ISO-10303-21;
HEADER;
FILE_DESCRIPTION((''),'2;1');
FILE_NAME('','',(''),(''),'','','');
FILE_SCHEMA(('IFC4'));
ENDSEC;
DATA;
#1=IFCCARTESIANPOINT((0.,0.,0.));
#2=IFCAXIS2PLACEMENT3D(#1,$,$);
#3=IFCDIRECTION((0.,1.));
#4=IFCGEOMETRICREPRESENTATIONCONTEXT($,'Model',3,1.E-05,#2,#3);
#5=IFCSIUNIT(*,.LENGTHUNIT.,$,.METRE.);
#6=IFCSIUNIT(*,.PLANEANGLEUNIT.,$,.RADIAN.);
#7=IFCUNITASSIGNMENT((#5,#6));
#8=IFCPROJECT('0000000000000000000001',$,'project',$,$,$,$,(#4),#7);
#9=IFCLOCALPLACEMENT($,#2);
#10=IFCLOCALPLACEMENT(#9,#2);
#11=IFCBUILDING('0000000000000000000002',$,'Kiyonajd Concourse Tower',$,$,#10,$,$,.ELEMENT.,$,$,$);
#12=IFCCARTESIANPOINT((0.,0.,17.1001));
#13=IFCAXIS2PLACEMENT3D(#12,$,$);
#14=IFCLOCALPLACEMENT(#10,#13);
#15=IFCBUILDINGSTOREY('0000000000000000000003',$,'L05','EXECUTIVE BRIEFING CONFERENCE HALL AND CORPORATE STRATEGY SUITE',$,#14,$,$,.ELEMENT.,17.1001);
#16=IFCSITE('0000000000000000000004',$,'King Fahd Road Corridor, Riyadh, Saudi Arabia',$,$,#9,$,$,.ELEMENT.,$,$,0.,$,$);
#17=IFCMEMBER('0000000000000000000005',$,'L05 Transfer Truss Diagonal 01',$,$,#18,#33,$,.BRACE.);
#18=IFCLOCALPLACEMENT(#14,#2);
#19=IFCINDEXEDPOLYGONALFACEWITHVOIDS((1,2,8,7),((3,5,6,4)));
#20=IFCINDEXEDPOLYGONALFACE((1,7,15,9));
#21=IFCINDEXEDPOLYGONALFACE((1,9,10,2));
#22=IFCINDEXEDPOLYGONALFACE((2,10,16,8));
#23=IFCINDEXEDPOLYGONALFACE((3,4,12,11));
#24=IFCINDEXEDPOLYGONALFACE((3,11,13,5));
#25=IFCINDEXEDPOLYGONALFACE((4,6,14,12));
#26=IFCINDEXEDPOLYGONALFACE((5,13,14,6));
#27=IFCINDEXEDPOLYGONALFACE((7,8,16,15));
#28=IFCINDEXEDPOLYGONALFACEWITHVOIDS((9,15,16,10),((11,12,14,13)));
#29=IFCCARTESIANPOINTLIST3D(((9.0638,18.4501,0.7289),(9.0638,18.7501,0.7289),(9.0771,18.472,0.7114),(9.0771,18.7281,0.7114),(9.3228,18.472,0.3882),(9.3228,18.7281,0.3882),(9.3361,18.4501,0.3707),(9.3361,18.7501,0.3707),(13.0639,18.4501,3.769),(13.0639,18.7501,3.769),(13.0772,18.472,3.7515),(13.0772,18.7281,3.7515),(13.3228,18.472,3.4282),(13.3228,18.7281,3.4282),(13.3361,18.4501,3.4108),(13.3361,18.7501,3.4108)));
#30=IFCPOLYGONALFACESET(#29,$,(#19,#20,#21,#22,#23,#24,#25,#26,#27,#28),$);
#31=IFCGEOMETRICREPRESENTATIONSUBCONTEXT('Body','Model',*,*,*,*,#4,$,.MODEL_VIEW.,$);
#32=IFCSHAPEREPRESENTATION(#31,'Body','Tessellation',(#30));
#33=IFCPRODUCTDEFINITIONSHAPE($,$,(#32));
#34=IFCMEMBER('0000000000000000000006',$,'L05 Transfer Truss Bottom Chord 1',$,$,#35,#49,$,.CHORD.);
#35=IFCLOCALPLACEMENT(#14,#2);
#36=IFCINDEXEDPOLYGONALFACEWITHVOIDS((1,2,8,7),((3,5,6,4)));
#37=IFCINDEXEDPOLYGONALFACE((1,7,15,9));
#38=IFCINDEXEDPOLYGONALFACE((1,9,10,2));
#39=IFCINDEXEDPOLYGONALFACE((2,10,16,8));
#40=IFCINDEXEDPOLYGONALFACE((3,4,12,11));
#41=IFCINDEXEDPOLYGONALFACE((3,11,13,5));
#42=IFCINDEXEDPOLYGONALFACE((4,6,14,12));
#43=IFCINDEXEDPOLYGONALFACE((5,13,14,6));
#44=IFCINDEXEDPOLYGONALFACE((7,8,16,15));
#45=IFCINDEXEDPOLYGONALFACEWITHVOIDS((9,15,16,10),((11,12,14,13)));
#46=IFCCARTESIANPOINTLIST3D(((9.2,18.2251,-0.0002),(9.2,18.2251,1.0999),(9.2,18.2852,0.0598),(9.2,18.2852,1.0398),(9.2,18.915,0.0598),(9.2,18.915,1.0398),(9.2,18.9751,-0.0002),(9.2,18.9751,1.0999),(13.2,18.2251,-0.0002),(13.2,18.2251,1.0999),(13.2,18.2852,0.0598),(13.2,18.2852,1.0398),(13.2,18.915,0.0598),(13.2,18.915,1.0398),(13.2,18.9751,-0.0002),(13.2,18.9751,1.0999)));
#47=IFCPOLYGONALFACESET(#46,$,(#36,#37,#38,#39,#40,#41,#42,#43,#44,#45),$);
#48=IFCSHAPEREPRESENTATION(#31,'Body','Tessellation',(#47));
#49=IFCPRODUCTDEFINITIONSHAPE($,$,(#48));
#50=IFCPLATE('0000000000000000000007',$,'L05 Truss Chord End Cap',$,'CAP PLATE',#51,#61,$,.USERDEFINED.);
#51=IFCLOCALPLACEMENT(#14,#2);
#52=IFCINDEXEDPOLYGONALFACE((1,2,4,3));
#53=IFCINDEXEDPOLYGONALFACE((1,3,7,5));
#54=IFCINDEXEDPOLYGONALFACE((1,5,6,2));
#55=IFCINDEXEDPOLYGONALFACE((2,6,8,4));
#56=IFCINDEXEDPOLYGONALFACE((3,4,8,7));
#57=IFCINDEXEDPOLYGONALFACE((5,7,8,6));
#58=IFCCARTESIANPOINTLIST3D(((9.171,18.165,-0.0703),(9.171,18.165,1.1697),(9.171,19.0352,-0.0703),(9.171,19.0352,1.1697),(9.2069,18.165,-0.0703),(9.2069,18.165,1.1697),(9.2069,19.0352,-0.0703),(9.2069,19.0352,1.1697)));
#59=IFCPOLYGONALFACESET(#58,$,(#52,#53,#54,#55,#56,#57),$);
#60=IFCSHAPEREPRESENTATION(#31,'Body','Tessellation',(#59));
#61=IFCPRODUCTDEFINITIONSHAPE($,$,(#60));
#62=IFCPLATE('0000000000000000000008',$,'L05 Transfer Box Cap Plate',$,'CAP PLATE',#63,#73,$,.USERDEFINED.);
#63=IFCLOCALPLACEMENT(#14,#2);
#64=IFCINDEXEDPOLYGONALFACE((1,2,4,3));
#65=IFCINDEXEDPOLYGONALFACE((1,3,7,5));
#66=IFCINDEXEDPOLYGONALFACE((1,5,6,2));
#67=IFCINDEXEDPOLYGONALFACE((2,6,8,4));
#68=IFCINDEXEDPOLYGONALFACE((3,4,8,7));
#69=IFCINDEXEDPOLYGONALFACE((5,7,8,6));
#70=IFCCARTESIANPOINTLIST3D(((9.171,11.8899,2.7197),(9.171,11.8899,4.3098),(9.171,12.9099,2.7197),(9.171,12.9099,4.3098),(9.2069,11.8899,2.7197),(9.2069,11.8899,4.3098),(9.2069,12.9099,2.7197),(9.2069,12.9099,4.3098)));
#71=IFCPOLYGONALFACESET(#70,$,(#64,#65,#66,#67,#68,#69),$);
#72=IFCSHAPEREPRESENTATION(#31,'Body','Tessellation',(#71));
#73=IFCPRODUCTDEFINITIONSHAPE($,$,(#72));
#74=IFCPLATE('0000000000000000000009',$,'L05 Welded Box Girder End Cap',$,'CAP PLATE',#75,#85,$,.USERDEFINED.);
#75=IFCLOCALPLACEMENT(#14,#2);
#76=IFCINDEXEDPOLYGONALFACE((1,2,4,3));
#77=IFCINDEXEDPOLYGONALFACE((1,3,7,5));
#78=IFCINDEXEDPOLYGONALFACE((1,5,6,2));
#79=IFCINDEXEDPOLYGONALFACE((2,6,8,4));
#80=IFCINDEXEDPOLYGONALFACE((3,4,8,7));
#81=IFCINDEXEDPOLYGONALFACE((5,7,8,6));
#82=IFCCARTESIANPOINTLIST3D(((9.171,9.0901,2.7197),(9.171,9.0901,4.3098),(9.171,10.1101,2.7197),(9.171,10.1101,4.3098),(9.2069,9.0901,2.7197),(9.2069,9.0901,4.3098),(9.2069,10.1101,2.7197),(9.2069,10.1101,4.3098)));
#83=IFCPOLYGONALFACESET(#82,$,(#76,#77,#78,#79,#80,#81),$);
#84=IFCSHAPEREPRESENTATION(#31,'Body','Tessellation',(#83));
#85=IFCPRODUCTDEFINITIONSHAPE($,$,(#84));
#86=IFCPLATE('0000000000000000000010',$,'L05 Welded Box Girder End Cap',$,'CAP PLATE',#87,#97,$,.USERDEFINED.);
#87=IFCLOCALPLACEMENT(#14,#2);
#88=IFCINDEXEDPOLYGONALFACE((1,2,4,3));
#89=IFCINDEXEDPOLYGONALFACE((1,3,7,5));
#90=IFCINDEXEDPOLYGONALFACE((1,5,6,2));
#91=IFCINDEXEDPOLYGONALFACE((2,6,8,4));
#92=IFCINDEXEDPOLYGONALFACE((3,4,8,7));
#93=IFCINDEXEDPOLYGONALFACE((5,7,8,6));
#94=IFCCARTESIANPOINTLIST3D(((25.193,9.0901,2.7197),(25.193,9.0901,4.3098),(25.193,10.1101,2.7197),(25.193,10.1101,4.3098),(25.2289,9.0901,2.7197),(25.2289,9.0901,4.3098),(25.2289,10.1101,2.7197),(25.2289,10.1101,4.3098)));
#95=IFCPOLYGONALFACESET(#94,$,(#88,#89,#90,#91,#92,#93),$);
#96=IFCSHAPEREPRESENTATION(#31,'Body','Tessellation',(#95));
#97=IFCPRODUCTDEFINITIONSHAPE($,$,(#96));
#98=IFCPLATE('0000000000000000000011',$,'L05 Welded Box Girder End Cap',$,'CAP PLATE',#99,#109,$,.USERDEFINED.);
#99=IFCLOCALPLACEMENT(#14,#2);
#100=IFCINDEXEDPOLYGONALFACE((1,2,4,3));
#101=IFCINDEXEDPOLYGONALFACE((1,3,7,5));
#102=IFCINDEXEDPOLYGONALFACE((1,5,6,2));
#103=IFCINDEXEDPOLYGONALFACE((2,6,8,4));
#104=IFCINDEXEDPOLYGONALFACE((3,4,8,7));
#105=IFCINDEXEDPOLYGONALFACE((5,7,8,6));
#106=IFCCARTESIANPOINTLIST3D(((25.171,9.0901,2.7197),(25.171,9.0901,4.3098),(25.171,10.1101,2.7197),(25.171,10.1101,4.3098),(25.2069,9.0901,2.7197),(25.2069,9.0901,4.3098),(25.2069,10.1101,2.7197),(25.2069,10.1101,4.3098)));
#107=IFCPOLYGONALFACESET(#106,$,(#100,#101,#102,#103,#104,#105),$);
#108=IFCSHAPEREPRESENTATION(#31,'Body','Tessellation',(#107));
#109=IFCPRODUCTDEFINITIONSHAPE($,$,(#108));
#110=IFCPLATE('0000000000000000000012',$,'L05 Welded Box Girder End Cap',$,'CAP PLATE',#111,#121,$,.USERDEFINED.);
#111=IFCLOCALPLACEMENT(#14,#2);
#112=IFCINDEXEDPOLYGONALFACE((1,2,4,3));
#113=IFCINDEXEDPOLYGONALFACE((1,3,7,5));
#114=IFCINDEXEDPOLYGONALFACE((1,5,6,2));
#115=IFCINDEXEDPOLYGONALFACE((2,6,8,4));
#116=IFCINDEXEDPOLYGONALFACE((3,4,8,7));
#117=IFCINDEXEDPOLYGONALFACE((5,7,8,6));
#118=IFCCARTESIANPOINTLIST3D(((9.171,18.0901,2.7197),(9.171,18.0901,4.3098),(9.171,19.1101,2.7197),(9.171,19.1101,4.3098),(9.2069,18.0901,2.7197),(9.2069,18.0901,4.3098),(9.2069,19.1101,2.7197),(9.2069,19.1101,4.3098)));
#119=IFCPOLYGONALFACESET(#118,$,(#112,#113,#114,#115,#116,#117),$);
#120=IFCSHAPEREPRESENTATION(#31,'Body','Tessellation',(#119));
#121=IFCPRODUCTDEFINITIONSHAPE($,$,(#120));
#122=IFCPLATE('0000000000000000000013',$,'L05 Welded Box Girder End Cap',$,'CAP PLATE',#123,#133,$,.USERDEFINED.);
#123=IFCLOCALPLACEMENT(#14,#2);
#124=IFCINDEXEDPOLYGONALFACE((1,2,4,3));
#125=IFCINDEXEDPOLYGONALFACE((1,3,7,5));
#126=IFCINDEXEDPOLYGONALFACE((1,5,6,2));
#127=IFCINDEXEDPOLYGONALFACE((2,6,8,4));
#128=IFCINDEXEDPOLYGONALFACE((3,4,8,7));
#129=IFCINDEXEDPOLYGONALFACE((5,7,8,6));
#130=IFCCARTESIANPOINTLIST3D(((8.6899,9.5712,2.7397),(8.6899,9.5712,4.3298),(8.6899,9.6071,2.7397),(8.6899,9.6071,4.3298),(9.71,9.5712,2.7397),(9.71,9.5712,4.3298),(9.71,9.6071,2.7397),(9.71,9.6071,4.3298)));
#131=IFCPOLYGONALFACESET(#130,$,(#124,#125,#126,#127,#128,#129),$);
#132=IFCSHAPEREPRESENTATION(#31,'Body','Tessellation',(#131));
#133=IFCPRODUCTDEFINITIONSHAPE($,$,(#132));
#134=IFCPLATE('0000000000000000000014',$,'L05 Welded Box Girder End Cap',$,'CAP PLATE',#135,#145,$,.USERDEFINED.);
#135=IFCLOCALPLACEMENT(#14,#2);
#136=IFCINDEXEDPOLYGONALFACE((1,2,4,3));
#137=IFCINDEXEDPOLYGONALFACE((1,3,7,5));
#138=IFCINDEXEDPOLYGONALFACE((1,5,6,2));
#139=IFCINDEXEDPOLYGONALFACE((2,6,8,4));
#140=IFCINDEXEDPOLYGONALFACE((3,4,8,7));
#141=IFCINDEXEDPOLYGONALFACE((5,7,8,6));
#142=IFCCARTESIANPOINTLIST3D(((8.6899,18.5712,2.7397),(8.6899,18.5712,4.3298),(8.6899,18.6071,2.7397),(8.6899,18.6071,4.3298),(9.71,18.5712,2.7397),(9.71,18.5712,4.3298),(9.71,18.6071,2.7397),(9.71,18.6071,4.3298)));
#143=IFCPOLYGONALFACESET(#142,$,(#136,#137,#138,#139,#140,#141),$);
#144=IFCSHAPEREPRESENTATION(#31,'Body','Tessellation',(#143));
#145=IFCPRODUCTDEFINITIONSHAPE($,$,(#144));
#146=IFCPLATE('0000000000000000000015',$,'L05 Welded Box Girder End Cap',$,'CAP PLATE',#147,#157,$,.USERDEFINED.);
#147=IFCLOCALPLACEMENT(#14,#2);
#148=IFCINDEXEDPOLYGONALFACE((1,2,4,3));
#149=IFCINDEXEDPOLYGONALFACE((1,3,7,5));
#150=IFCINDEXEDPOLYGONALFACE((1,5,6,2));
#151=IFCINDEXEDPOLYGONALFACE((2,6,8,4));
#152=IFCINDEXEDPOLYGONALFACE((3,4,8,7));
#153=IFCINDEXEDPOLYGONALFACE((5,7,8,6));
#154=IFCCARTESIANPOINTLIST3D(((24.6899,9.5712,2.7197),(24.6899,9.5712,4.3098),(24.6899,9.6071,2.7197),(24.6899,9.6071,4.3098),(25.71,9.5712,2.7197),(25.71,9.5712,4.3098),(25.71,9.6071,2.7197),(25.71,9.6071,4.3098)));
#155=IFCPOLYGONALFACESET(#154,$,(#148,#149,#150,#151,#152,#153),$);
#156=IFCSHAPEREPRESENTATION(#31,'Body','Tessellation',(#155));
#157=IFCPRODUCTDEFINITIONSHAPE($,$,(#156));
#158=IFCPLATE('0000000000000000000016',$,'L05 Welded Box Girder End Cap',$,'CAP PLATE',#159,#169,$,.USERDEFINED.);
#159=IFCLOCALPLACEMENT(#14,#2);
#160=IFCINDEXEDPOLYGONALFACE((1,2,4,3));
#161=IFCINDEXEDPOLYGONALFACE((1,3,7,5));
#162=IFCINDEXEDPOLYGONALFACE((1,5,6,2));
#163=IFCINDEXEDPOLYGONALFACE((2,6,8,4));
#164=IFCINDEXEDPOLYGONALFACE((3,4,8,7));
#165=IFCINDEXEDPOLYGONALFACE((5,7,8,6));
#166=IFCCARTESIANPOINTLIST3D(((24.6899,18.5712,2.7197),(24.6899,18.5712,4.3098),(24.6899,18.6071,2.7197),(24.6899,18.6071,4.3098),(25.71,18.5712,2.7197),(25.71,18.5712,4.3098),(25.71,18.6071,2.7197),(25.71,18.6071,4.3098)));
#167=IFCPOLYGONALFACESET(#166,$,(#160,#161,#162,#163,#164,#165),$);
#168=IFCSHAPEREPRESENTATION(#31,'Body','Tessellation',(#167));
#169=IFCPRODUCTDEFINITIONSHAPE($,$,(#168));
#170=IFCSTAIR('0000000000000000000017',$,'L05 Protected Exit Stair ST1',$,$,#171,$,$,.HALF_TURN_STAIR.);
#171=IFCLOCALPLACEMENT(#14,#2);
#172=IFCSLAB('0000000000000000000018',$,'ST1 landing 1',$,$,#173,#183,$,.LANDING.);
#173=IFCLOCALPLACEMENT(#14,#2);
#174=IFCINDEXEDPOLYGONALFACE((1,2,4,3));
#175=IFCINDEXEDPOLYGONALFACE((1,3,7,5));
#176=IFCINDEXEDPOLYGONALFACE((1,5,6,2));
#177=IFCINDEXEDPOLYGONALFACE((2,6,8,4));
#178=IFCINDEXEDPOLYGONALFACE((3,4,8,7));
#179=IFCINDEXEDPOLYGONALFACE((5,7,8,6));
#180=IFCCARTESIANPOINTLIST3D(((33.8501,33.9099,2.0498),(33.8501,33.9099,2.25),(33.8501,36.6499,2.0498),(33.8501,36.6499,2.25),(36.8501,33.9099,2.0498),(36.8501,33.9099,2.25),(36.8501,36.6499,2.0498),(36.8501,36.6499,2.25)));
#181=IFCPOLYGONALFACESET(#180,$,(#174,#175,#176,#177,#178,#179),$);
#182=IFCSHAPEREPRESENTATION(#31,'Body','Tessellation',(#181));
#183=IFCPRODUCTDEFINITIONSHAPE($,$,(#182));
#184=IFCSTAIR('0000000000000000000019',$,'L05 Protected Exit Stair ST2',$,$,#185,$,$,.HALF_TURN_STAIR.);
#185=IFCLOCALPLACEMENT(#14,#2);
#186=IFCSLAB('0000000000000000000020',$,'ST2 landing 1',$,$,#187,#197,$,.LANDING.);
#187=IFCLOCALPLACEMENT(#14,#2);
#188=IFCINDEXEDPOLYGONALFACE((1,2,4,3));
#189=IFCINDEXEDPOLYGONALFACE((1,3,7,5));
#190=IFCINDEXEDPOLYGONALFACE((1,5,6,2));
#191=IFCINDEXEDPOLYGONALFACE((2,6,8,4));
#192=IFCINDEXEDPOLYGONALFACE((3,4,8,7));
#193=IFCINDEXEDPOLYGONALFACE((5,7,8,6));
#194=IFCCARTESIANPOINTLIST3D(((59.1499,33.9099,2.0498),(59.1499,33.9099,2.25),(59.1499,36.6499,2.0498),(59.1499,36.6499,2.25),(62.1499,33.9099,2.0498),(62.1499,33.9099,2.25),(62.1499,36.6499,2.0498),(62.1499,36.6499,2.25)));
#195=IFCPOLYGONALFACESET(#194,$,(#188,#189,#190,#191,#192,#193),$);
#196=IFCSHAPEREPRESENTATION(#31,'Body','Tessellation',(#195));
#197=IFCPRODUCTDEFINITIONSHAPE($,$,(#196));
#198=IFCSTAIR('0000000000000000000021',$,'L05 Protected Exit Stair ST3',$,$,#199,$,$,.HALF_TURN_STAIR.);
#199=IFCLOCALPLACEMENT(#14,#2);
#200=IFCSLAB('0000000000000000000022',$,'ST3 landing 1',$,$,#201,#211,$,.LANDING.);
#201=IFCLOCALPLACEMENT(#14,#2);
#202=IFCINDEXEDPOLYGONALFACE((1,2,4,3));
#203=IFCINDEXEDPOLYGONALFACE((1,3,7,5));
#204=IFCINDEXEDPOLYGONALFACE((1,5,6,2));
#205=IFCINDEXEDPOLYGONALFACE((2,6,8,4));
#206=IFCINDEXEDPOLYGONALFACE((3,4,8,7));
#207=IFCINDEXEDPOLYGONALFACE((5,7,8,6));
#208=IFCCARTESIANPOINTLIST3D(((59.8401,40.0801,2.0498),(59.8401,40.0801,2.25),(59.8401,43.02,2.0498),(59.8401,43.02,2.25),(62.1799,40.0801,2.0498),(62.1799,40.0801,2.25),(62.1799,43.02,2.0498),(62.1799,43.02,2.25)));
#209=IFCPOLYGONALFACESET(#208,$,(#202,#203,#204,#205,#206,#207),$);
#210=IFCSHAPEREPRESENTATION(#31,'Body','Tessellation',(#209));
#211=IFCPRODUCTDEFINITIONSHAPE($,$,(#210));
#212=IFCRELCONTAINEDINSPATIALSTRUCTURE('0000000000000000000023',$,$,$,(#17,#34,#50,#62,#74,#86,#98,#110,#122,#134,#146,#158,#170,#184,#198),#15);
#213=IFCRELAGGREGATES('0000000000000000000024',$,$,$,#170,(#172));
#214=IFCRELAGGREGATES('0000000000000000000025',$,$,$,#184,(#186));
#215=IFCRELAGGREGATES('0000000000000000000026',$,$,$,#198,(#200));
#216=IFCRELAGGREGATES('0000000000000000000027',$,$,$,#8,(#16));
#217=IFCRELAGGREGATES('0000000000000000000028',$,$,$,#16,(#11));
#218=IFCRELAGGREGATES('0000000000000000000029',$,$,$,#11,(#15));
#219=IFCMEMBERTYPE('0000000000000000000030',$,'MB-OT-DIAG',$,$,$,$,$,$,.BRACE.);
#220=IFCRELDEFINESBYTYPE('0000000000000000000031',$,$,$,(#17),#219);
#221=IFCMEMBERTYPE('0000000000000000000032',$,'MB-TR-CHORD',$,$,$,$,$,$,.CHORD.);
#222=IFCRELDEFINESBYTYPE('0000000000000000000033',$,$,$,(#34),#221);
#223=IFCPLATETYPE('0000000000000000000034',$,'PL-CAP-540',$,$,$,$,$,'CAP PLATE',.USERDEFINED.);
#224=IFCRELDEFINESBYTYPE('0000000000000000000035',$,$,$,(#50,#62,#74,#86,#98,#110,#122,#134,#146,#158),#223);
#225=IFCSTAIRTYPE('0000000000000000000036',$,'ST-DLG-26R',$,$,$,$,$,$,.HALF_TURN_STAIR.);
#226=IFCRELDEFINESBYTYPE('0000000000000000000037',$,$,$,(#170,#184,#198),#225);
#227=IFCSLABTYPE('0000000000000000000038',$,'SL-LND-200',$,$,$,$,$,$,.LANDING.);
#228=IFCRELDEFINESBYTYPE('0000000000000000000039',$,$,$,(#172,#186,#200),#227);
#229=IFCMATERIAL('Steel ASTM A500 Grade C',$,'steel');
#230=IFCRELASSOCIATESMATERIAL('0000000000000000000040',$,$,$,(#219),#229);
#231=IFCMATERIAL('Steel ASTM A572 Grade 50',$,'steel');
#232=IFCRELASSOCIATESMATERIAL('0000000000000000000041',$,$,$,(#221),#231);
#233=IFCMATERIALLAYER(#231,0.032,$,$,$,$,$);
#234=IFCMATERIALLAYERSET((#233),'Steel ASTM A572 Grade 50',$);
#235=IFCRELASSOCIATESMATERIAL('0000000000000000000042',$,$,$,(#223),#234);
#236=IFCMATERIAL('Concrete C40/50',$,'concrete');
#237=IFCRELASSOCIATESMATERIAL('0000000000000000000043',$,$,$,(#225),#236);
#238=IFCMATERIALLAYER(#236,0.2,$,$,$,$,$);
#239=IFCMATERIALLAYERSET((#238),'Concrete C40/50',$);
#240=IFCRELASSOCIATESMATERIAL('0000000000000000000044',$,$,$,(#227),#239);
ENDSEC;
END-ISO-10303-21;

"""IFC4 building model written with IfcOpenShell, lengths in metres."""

from ifc_helpers import new_model, si_unit, direction, frame, origin, origin_2d, place, context, subcontext, project, spatial, polyline, rectangle, hollow_rectangle, outline, extrude, material, layer, layer_set, material_profile, profile_set, type_object, element, aggregate, save


model = new_model("IFC4")

# Units and contexts
model_context = context("Model", 3, precision=1e-05, world=origin(), true_north=direction((0.0, 1.0)))
body_context = subcontext(model_context, "Body", "Model", "MODEL_VIEW")
ifc_project = project(units=[si_unit("LENGTHUNIT", "METRE"), si_unit("PLANEANGLEUNIT", "RADIAN")], contexts=[model_context])

# Site, building, storey
site_placement = place(None, origin())
site = spatial("IfcSite", under=ifc_project, at=site_placement, Name="King Fahd Road Corridor, Riyadh, Saudi Arabia", CompositionType="ELEMENT", RefElevation=0.0)
building_placement = place(site_placement, origin())
building = spatial("IfcBuilding", under=site, at=building_placement, Name="Kiyonajd Concourse Tower", CompositionType="ELEMENT")
storey_placement = place(building_placement, frame((0.0, 0.0, 17.1001)))
storey = spatial("IfcBuildingStorey", under=building, at=storey_placement, Name="L05", Description="EXECUTIVE BRIEFING CONFERENCE HALL AND CORPORATE STRATEGY SUITE", CompositionType="ELEMENT", Elevation=17.1001)

# Shared definitions
ifc_material_1 = material(Name="Steel ASTM A572 Grade 50", Category="steel")

# Members
ifc_material_2 = material(Name="Steel ASTM A500 Grade C", Category="steel")
ifc_material_profile_1 = material_profile(ifc_material_2, hollow_rectangle(XDim=0.3, YDim=0.45, WallThickness=0.022, at=origin_2d()), Name="HSS-450x300x22")
ifc_profile_set_1 = profile_set([ifc_material_profile_1], Name="Steel ASTM A500 Grade C")
member_type_1 = type_object("IfcMemberType", Name="MB-OT-DIAG", PredefinedType="BRACE", material=ifc_profile_set_1)
member_1_placement = place(storey_placement, frame((9.2, 18.6001, 0.5498), z_axis=(0.796158, 0.0, 0.605088), x_axis=(0.0, 1.0, 0.0)))
element("IfcMember", 1, at=member_1_placement, inside=storey, type_object=member_type_1, Name="L05 Transfer Truss Diagonal 01", PredefinedType="BRACE", context=body_context, shape_type="SweptSolid", body=[
    extrude(hollow_rectangle(XDim=0.3, YDim=0.45, WallThickness=0.022, at=origin_2d()), origin(), (0.0, 0.0, 1.0), 5.0242),
])
ifc_material_profile_2 = material_profile(ifc_material_1, hollow_rectangle(XDim=0.75, YDim=1.1001, WallThickness=0.0601, at=origin_2d()), Name="BOX-1100x750x60")
ifc_profile_set_2 = profile_set([ifc_material_profile_2], Name="Steel ASTM A572 Grade 50")
member_type_2 = type_object("IfcMemberType", Name="MB-TR-CHORD", PredefinedType="CHORD", material=ifc_profile_set_2)
member_2_placement = place(storey_placement, frame((9.2, 18.6001, 0.5498), z_axis=(1.0, 0.0, 0.0), x_axis=(0.0, 1.0, 0.0)))
element("IfcMember", 2, at=member_2_placement, inside=storey, type_object=member_type_2, Name="L05 Transfer Truss Bottom Chord 1", PredefinedType="CHORD", context=body_context, shape_type="SweptSolid", body=[
    extrude(hollow_rectangle(XDim=0.75, YDim=1.1001, WallThickness=0.0601, at=origin_2d()), origin(), (0.0, 0.0, 1.0), 4.0),
])

# Plates
ifc_layer_1 = layer(ifc_material_1, 0.032)
ifc_layer_set_1 = layer_set([ifc_layer_1], Name="Steel ASTM A572 Grade 50")
plate_type = type_object("IfcPlateType", Name="PL-CAP-540", ElementType="CAP PLATE", PredefinedType="USERDEFINED", material=ifc_layer_set_1)
plate_placement = place(storey_placement, frame((9.189, 18.6001, -0.0703), z_axis=(0.0, 0.0, 1.0), x_axis=(-1.0, 0.0, 0.0)))
element("IfcPlate", 3, at=plate_placement, inside=storey, type_object=plate_type, Name="L05 Truss Chord End Cap", ObjectType="CAP PLATE", PredefinedType="USERDEFINED", context=body_context, shape_type="SweptSolid", body=[
    extrude(rectangle(XDim=0.0359, YDim=0.8701, at=origin_2d()), origin(), (0.0, 0.0, 1.0), 1.24),
])
for number, where, z_axis, x_axis, name in (
    (4, (9.189, 12.3999, 2.7197), (0.0, 0.0, 1.0), (-1.0, 0.0, 0.0), "L05 Transfer Box Cap Plate"),
    (5, (9.189, 9.6001, 2.7197), (0.0, 0.0, 1.0), (-1.0, 0.0, 0.0), "L05 Welded Box Girder End Cap"),
    (6, (25.2109, 9.6001, 2.7197), (0.0, 0.0, 1.0), (1.0, 0.0, 0.0), "L05 Welded Box Girder End Cap"),
    (7, (25.189, 9.6001, 2.7197), (0.0, 0.0, 1.0), (-1.0, 0.0, 0.0), "L05 Welded Box Girder End Cap"),
    (8, (9.189, 18.6001, 2.7197), (0.0, 0.0, 1.0), (-1.0, 0.0, 0.0), "L05 Welded Box Girder End Cap"),
    (9, (9.2, 9.5891, 2.7397), (0.0, 0.0, 1.0), (0.0, -1.0, 0.0), "L05 Welded Box Girder End Cap"),
    (10, (9.2, 18.5891, 2.7397), (0.0, 0.0, 1.0), (0.0, -1.0, 0.0), "L05 Welded Box Girder End Cap"),
    (11, (25.2, 9.5891, 2.7197), (0.0, 0.0, 1.0), (0.0, -1.0, 0.0), "L05 Welded Box Girder End Cap"),
    (12, (25.2, 18.5891, 2.7197), (0.0, 0.0, 1.0), (0.0, -1.0, 0.0), "L05 Welded Box Girder End Cap"),
):
    element("IfcPlate", number, at=place(storey_placement, frame(where, z_axis=z_axis, x_axis=x_axis)), inside=storey, type_object=plate_type, Name=name, ObjectType="CAP PLATE", PredefinedType="USERDEFINED", context=body_context, shape_type="SweptSolid", body=[
        extrude(rectangle(XDim=0.0359, YDim=1.02, at=origin_2d()), origin(), (0.0, 0.0, 1.0), 1.5901),
    ])

# Stairs, slabs
ifc_material_3 = material(Name="Concrete C40/50", Category="concrete")
stair_type = type_object("IfcStairType", Name="ST-DLG-26R", PredefinedType="HALF_TURN_STAIR", material=ifc_material_3)
stair_1_placement = place(storey_placement, origin())
stair_1 = element("IfcStair", 13, at=stair_1_placement, inside=storey, type_object=stair_type, Name="L05 Protected Exit Stair ST1", PredefinedType="HALF_TURN_STAIR")
ifc_layer_2 = layer(ifc_material_3, 0.2)
ifc_layer_set_2 = layer_set([ifc_layer_2], Name="Concrete C40/50")
slab_type_1 = type_object("IfcSlabType", Name="SL-LND-200", PredefinedType="LANDING", material=ifc_layer_set_2)
slab_1_placement = place(storey_placement, frame((0.0, 0.0, 2.0498)))
slab_1 = element("IfcSlab", 14, at=slab_1_placement, type_object=slab_type_1, Name="ST1 landing 1", PredefinedType="LANDING", context=body_context, shape_type="SweptSolid", body=[
    extrude(outline(polyline([(36.8501, 33.9099), (36.8501, 36.6499), (33.8501, 36.6499), (33.8501, 33.9099), (36.8501, 33.9099)])), origin(), (0.0, 0.0, 1.0), 0.2002),
])
aggregate(stair_1, [slab_1])
stair_2_placement = place(storey_placement, origin())
stair_2 = element("IfcStair", 15, at=stair_2_placement, inside=storey, type_object=stair_type, Name="L05 Protected Exit Stair ST2", PredefinedType="HALF_TURN_STAIR")
slab_2_placement = place(storey_placement, frame((0.0, 0.0, 2.0498)))
slab_2 = element("IfcSlab", 16, at=slab_2_placement, type_object=slab_type_1, Name="ST2 landing 1", PredefinedType="LANDING", context=body_context, shape_type="SweptSolid", body=[
    extrude(outline(polyline([(62.1499, 33.9099), (62.1499, 36.6499), (59.1499, 36.6499), (59.1499, 33.9099), (62.1499, 33.9099)])), origin(), (0.0, 0.0, 1.0), 0.2002),
])
aggregate(stair_2, [slab_2])
stair_3_placement = place(storey_placement, origin())
stair_3 = element("IfcStair", 17, at=stair_3_placement, inside=storey, type_object=stair_type, Name="L05 Protected Exit Stair ST3", PredefinedType="HALF_TURN_STAIR")
slab_3_placement = place(storey_placement, frame((0.0, 0.0, 2.0498)))
slab_3 = element("IfcSlab", 18, at=slab_3_placement, type_object=slab_type_1, Name="ST3 landing 1", PredefinedType="LANDING", context=body_context, shape_type="SweptSolid", body=[
    extrude(outline(polyline([(59.8401, 40.0801), (62.1799, 40.0801), (62.1799, 43.02), (59.8401, 43.02), (59.8401, 40.0801)])), origin(), (0.0, 0.0, 1.0), 0.2002),
])
aggregate(stair_3, [slab_3])

save(model, "model.ifc")
